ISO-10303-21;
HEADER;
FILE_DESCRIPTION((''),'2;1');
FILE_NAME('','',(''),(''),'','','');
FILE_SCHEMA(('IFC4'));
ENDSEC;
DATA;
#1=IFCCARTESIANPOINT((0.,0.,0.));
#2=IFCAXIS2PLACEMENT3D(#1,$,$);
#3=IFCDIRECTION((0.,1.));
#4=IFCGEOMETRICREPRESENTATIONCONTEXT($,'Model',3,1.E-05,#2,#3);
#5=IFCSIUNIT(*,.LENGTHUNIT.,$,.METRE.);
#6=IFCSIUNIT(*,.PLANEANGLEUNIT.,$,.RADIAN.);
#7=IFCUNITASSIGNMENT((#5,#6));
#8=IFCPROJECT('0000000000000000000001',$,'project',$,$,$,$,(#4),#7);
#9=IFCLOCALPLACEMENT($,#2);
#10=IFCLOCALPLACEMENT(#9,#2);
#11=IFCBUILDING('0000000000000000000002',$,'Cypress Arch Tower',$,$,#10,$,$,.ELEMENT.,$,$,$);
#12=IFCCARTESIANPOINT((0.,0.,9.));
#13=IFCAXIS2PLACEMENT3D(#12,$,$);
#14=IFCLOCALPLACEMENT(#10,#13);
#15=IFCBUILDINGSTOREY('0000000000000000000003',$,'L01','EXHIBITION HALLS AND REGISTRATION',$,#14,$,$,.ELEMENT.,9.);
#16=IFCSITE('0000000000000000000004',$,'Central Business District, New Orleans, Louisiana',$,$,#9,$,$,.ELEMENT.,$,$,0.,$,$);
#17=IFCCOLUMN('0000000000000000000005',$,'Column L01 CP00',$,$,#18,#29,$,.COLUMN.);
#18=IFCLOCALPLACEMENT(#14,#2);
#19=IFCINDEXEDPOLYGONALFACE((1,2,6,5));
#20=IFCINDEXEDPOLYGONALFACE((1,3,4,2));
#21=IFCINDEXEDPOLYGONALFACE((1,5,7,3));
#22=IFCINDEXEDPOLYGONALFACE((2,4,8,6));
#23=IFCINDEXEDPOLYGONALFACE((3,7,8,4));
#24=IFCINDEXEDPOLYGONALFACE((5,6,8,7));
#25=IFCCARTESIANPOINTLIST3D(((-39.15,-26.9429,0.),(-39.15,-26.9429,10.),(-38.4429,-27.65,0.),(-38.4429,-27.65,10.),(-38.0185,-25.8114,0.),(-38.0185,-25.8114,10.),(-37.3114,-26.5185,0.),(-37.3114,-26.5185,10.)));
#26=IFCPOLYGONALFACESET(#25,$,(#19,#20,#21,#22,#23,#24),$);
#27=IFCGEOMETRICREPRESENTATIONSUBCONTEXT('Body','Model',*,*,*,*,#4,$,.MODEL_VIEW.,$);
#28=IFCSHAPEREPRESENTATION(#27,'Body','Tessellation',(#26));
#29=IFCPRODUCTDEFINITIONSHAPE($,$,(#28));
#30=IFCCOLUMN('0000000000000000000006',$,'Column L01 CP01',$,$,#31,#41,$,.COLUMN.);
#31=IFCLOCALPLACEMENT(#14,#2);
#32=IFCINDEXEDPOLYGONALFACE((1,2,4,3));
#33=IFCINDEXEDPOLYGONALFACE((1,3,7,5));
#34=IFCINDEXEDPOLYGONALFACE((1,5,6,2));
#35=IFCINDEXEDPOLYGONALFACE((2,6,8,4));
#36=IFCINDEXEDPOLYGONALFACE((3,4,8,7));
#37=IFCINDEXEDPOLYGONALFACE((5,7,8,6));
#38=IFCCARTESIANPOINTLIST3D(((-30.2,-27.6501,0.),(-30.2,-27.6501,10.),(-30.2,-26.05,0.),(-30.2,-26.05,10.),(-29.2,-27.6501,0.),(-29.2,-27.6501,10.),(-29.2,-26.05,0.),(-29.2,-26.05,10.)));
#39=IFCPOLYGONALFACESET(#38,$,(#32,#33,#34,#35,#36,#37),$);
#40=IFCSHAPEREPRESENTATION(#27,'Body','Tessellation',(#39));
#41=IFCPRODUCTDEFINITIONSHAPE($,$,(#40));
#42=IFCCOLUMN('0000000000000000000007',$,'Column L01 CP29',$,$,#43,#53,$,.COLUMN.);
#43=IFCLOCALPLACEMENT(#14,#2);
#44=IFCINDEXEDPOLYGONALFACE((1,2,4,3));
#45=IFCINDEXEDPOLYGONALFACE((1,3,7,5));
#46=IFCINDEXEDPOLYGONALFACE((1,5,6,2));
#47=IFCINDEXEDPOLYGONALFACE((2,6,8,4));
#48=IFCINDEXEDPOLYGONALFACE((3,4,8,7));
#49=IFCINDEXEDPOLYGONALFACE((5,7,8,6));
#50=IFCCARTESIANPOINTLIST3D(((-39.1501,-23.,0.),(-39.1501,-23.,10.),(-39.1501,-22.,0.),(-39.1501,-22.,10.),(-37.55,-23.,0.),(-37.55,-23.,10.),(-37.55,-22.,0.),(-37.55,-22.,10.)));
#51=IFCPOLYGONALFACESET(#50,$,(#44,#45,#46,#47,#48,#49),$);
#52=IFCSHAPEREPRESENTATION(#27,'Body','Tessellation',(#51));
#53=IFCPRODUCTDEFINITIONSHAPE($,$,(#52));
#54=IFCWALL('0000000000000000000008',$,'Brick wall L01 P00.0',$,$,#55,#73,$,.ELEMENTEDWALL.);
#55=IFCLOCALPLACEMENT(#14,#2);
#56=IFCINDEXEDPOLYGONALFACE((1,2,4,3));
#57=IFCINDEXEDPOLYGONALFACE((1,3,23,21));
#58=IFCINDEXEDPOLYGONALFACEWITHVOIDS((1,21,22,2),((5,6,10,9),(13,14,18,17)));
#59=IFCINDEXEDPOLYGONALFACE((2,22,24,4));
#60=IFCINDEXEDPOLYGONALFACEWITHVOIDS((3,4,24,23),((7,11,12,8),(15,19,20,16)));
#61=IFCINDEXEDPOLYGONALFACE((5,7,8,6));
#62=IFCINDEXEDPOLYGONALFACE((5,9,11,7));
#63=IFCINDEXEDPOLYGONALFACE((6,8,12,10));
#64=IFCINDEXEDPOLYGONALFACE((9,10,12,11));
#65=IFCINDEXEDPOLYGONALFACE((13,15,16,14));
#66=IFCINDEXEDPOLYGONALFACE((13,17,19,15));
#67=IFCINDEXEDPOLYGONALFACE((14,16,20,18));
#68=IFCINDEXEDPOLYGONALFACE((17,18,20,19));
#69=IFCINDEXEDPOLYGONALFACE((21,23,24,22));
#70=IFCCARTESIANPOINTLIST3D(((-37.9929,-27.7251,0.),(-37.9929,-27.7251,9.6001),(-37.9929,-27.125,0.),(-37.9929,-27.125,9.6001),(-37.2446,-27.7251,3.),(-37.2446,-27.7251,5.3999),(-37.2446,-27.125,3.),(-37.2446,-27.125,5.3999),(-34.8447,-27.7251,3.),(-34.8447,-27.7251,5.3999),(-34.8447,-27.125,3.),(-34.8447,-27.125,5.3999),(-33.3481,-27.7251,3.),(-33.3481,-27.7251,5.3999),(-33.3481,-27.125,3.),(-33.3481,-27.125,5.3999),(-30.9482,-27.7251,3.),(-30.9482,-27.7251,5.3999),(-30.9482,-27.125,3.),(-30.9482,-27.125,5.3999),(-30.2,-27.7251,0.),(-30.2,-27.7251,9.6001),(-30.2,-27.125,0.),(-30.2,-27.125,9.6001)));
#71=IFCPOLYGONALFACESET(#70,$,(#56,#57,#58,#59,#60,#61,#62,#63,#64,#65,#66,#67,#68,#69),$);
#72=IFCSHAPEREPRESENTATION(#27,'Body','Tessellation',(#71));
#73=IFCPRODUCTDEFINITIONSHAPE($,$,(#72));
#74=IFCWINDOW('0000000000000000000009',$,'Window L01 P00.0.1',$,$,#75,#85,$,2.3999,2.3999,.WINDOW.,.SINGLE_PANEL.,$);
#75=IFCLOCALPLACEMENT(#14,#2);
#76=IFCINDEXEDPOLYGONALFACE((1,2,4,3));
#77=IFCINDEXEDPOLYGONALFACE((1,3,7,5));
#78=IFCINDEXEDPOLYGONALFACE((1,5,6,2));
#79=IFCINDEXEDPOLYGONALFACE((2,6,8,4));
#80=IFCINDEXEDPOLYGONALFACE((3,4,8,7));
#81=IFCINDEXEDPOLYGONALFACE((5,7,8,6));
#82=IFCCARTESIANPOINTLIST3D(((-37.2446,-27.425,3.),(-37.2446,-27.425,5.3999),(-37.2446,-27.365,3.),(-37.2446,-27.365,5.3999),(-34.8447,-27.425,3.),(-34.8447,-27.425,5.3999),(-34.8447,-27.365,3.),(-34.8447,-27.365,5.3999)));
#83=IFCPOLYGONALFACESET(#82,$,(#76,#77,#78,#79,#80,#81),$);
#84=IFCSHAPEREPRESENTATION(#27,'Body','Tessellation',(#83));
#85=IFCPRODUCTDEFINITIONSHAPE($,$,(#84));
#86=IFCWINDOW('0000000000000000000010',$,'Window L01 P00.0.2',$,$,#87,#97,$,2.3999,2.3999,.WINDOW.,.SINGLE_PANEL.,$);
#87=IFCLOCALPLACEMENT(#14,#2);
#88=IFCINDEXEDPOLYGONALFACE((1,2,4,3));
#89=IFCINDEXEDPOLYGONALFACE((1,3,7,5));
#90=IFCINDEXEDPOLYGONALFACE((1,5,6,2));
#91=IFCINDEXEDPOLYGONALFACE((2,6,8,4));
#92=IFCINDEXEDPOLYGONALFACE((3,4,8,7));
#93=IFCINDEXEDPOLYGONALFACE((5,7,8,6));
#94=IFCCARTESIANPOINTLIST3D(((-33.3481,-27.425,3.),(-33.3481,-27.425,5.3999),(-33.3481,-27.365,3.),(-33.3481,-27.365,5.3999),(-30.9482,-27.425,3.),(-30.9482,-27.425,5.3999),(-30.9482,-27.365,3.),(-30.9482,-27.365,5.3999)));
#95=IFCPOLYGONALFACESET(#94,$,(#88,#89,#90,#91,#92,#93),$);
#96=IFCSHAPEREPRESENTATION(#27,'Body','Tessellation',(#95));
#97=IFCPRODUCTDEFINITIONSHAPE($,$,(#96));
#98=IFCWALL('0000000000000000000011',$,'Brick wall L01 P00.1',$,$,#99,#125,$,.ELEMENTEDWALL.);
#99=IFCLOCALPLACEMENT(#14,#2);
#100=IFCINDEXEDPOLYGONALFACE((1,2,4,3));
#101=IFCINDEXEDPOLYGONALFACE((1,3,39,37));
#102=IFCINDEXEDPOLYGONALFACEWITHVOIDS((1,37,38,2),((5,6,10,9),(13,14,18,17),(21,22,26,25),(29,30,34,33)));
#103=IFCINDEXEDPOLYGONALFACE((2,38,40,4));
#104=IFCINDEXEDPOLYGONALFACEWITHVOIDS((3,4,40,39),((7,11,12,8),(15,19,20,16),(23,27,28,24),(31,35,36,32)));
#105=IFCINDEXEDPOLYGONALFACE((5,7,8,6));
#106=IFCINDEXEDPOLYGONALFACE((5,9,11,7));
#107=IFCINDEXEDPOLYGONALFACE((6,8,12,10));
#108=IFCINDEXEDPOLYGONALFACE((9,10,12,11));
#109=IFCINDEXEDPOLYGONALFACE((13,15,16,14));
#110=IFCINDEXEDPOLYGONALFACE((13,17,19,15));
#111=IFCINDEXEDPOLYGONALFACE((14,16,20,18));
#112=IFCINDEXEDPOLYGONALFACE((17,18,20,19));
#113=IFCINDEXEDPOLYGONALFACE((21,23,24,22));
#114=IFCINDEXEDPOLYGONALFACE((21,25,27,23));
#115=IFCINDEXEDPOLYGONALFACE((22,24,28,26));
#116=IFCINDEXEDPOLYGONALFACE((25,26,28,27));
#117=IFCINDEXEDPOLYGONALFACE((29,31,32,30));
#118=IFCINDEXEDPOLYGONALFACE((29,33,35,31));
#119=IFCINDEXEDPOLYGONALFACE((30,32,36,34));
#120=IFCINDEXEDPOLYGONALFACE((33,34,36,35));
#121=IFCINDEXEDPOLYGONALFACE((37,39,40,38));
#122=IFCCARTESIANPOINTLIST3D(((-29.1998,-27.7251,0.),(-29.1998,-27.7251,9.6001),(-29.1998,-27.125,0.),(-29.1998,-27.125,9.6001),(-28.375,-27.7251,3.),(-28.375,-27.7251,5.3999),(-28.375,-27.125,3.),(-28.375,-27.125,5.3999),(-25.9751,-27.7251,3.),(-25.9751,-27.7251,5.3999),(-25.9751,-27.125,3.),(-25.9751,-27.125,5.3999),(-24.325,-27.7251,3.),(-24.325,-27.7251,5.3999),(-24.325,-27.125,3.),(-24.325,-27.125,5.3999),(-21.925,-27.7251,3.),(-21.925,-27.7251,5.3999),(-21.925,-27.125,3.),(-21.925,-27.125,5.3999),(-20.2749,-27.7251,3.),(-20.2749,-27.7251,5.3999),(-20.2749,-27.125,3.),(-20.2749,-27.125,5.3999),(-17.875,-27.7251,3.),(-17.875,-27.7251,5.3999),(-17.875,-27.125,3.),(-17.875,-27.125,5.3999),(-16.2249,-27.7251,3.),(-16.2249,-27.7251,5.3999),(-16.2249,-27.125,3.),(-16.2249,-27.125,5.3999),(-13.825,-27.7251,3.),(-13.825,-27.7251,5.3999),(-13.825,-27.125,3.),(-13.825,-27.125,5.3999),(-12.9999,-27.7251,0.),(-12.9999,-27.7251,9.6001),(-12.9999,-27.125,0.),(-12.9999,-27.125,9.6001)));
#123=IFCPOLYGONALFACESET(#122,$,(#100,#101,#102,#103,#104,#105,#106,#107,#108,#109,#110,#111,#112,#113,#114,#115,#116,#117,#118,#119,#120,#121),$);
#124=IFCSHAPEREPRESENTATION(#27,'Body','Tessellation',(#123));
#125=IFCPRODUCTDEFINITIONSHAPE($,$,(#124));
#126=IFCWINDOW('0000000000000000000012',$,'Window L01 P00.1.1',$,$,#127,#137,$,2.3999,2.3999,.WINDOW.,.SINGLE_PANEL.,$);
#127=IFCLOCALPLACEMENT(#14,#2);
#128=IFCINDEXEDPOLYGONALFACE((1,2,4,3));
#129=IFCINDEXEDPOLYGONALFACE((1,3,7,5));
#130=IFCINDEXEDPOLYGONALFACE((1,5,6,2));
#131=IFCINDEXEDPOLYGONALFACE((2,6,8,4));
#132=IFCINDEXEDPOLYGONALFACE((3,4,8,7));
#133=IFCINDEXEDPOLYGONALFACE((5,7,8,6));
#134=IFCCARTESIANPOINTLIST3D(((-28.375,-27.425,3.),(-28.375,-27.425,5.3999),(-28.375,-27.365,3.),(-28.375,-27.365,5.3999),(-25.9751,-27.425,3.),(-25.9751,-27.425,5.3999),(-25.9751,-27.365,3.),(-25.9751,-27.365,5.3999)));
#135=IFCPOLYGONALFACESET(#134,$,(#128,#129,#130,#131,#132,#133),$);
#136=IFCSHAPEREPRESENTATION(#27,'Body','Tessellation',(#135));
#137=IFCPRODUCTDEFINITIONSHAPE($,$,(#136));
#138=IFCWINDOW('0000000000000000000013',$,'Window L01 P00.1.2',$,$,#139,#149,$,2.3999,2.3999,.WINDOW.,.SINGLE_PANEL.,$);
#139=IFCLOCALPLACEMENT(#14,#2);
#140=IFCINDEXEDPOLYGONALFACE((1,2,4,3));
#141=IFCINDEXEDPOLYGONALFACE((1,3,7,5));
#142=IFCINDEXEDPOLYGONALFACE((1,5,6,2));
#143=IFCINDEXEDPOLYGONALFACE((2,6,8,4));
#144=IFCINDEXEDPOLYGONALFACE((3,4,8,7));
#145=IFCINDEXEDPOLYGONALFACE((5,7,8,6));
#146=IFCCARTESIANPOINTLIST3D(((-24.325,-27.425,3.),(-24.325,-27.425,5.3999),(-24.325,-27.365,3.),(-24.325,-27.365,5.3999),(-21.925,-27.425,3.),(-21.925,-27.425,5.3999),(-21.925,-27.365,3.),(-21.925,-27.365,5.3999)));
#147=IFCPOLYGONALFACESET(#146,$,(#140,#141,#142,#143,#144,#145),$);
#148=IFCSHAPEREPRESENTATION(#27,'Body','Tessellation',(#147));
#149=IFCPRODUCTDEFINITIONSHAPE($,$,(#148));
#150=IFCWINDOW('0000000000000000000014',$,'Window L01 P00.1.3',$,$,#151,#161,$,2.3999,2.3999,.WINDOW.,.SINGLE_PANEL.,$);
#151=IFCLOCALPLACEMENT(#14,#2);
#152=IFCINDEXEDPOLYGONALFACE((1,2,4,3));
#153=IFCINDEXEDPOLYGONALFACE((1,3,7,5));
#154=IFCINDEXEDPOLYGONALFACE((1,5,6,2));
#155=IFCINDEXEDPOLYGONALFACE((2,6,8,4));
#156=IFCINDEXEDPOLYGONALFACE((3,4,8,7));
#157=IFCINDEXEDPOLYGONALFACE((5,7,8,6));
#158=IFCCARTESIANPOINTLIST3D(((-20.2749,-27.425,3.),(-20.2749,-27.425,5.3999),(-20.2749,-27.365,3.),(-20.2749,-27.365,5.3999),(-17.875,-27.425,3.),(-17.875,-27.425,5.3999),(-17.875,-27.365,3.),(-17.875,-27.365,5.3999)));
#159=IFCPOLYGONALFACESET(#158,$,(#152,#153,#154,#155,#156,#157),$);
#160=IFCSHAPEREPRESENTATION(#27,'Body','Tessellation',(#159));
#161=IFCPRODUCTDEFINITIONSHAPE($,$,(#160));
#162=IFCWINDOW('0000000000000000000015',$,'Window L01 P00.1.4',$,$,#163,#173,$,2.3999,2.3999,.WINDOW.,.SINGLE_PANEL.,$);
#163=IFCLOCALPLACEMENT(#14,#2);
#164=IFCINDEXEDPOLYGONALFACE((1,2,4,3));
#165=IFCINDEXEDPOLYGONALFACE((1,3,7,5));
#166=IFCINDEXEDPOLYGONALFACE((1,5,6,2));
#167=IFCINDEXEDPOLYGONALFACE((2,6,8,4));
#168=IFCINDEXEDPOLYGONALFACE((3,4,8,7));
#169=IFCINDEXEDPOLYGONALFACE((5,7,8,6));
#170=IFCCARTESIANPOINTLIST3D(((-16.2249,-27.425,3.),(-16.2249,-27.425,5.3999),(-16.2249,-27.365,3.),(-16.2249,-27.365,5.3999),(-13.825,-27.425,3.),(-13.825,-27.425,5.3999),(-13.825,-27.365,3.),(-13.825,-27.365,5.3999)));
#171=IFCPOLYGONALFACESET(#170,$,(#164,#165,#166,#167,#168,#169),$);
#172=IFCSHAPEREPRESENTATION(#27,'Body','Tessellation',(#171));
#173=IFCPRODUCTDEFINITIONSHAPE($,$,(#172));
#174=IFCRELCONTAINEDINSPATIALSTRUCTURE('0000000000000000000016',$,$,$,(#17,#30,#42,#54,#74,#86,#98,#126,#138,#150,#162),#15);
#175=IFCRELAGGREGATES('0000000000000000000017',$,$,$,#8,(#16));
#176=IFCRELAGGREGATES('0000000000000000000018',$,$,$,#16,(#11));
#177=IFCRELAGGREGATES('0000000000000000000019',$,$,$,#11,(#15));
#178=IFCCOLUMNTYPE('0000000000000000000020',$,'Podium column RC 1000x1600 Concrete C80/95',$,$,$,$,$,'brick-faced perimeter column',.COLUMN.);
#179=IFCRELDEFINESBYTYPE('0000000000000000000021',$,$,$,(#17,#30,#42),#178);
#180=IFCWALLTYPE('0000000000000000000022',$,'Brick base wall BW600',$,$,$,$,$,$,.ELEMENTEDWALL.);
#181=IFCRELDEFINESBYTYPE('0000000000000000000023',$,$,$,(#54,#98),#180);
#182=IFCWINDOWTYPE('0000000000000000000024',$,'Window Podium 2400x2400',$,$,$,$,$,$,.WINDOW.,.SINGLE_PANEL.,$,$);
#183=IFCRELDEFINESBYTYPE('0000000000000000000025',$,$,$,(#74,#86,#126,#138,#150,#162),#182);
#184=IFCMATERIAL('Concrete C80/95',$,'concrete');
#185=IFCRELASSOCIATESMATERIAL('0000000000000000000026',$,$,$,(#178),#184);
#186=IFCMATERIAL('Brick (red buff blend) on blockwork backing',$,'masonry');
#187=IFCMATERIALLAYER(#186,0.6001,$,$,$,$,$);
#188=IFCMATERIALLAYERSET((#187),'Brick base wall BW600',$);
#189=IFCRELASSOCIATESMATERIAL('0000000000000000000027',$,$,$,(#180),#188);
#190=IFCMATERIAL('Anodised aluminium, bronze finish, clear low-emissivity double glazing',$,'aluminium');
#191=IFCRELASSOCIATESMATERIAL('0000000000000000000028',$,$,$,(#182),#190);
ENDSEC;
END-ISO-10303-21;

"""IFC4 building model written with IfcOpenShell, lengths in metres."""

from ifc_helpers import new_model, si_unit, direction, frame, frame_2d, origin, origin_2d, place, context, subcontext, project, spatial, rectangle, extrude, material, layer, layer_set, material_profile, profile_set, type_object, element, fill, save


model = new_model("IFC4")

# Units and contexts
model_context = context("Model", 3, precision=1e-05, world=origin(), true_north=direction((0.0, 1.0)))
body_context = subcontext(model_context, "Body", "Model", "MODEL_VIEW")
ifc_project = project(units=[si_unit("LENGTHUNIT", "METRE"), si_unit("PLANEANGLEUNIT", "RADIAN")], contexts=[model_context])

# Site, building, storey
site_placement = place(None, origin())
site = spatial("IfcSite", under=ifc_project, at=site_placement, Name="Central Business District, New Orleans, Louisiana", CompositionType="ELEMENT", RefElevation=0.0)
building_placement = place(site_placement, origin())
building = spatial("IfcBuilding", under=site, at=building_placement, Name="Cypress Arch Tower", CompositionType="ELEMENT")
storey_placement = place(building_placement, frame((0.0, 0.0, 9.0)))
storey = spatial("IfcBuildingStorey", under=building, at=storey_placement, Name="L01", Description="EXHIBITION HALLS AND REGISTRATION", CompositionType="ELEMENT", Elevation=9.0)

# Columns
ifc_material_1 = material(Name="Concrete C80/95", Category="concrete")
ifc_material_profile = material_profile(ifc_material_1, rectangle(XDim=1.0, YDim=1.6001, at=origin_2d()), Name="RC 1000x1600")
ifc_profile_set = profile_set([ifc_material_profile], Name="Concrete C80/95")
column_type = type_object("IfcColumnType", Name="Podium column RC 1000x1600 Concrete C80/95", ElementType="brick-faced perimeter column", PredefinedType="COLUMN", material=ifc_profile_set)
for number, where, z_axis, x_axis, name in (
    (1, (-38.2307, -26.7307, 0.0), (0.0, 0.0, 1.0), (0.707107, -0.707107, 0.0), "Column L01 CP00"),
    (2, (-29.7, -26.8501, 0.0), (0.0, 0.0, 1.0), (1.0, 0.0, 0.0), "Column L01 CP01"),
    (3, (-38.3501, -22.5, 0.0), (0.0, 0.0, 1.0), (0.0, -1.0, 0.0), "Column L01 CP29"),
):
    element("IfcColumn", number, at=place(storey_placement, frame(where, z_axis=z_axis, x_axis=x_axis)), inside=storey, type_object=column_type, Name=name, PredefinedType="COLUMN", context=body_context, shape_type="SweptSolid", body=[
        extrude(rectangle(XDim=1.0, YDim=1.6001, at=origin_2d()), origin(), (0.0, 0.0, 1.0), 10.0),
    ])

# Walls, openings, windows
ifc_material_2 = material(Name="Brick (red buff blend) on blockwork backing", Category="masonry")
ifc_layer_1 = layer(ifc_material_2, 0.6001)
ifc_layer_set_1 = layer_set([ifc_layer_1], Name="Brick base wall BW600")
wall_type_1 = type_object("IfcWallType", Name="Brick base wall BW600", PredefinedType="ELEMENTEDWALL", material=ifc_layer_set_1)
wall_1_placement = place(storey_placement, frame((-37.9929, -27.425, 0.0), z_axis=(0.0, 0.0, 1.0), x_axis=(1.0, 0.0, 0.0)))
wall_1 = element("IfcWall", 4, at=wall_1_placement, inside=storey, type_object=wall_type_1, Name="Brick wall L01 P00.0", PredefinedType="ELEMENTEDWALL", context=body_context, shape_type="SweptSolid", body=[
    extrude(rectangle(XDim=7.793, YDim=0.6001, at=frame_2d((3.8965, 0.0))), origin(), (0.0, 0.0, 1.0), 9.6001),
])
opening_1_placement = place(wall_1_placement, frame((0.7483, 0.0, 3.0)))
opening_1 = element("IfcOpeningElement", 5, at=opening_1_placement, cuts=wall_1, PredefinedType="OPENING", context=body_context, shape_type="SweptSolid", body=[
    extrude(rectangle(XDim=2.3999, YDim=2.3999, at=frame_2d((1.2, 1.2))), frame((0.0, 0.3101, 0.0), z_axis=(0.0, -1.0, 0.0), x_axis=(1.0, 0.0, 0.0)), (0.0, 0.0, 1.0), 0.6201),
])
opening_2_placement = place(wall_1_placement, frame((4.6448, 0.0, 3.0)))
opening_2 = element("IfcOpeningElement", 6, at=opening_2_placement, cuts=wall_1, PredefinedType="OPENING", context=body_context, shape_type="SweptSolid", body=[
    extrude(rectangle(XDim=2.3999, YDim=2.3999, at=frame_2d((1.2, 1.2))), frame((0.0, 0.3101, 0.0), z_axis=(0.0, -1.0, 0.0), x_axis=(1.0, 0.0, 0.0)), (0.0, 0.0, 1.0), 0.6201),
])
ifc_material_3 = material(Name="Anodised aluminium, bronze finish, clear low-emissivity double glazing", Category="aluminium")
window_type_1 = type_object("IfcWindowType", Name="Window Podium 2400x2400", PartitioningType="SINGLE_PANEL", PredefinedType="WINDOW", material=ifc_material_3)
window_1_placement = place(opening_1_placement, origin())
window_1 = element("IfcWindow", 7, at=window_1_placement, inside=storey, type_object=window_type_1, Name="Window L01 P00.0.1", OverallHeight=2.3999, OverallWidth=2.3999, PartitioningType="SINGLE_PANEL", PredefinedType="WINDOW", context=body_context, shape_type="SweptSolid", body=[
    extrude(rectangle(XDim=2.3999, YDim=2.3999, at=frame_2d((1.2, 1.2))), frame((0.0, 0.0601, 0.0), z_axis=(0.0, -1.0, 0.0), x_axis=(1.0, 0.0, 0.0)), (0.0, 0.0, 1.0), 0.0601),
])
fill(opening_1, window_1)
window_2_placement = place(opening_2_placement, origin())
window_2 = element("IfcWindow", 8, at=window_2_placement, inside=storey, type_object=window_type_1, Name="Window L01 P00.0.2", OverallHeight=2.3999, OverallWidth=2.3999, PartitioningType="SINGLE_PANEL", PredefinedType="WINDOW", context=body_context, shape_type="SweptSolid", body=[
    extrude(rectangle(XDim=2.3999, YDim=2.3999, at=frame_2d((1.2, 1.2))), frame((0.0, 0.0601, 0.0), z_axis=(0.0, -1.0, 0.0), x_axis=(1.0, 0.0, 0.0)), (0.0, 0.0, 1.0), 0.0601),
])
fill(opening_2, window_2)
wall_2_placement = place(storey_placement, frame((-29.2, -27.425, 0.0), z_axis=(0.0, 0.0, 1.0), x_axis=(1.0, 0.0, 0.0)))
wall_2 = element("IfcWall", 9, at=wall_2_placement, inside=storey, type_object=wall_type_1, Name="Brick wall L01 P00.1", PredefinedType="ELEMENTEDWALL", context=body_context, shape_type="SweptSolid", body=[
    extrude(rectangle(XDim=16.2, YDim=0.6001, at=frame_2d((8.1001, 0.0))), origin(), (0.0, 0.0, 1.0), 9.6001),
])
opening_3_placement = place(wall_2_placement, frame((0.825, 0.0, 3.0)))
opening_3 = element("IfcOpeningElement", 10, at=opening_3_placement, cuts=wall_2, PredefinedType="OPENING", context=body_context, shape_type="SweptSolid", body=[
    extrude(rectangle(XDim=2.3999, YDim=2.3999, at=frame_2d((1.2, 1.2))), frame((0.0, 0.3101, 0.0), z_axis=(0.0, -1.0, 0.0), x_axis=(1.0, 0.0, 0.0)), (0.0, 0.0, 1.0), 0.6201),
])
opening_4_placement = place(wall_2_placement, frame((4.875, 0.0, 3.0)))
opening_4 = element("IfcOpeningElement", 11, at=opening_4_placement, cuts=wall_2, PredefinedType="OPENING", context=body_context, shape_type="SweptSolid", body=[
    extrude(rectangle(XDim=2.3999, YDim=2.3999, at=frame_2d((1.2, 1.2))), frame((0.0, 0.3101, 0.0), z_axis=(0.0, -1.0, 0.0), x_axis=(1.0, 0.0, 0.0)), (0.0, 0.0, 1.0), 0.6201),
])
opening_5_placement = place(wall_2_placement, frame((8.925, 0.0, 3.0)))
opening_5 = element("IfcOpeningElement", 12, at=opening_5_placement, cuts=wall_2, PredefinedType="OPENING", context=body_context, shape_type="SweptSolid", body=[
    extrude(rectangle(XDim=2.3999, YDim=2.3999, at=frame_2d((1.2, 1.2))), frame((0.0, 0.3101, 0.0), z_axis=(0.0, -1.0, 0.0), x_axis=(1.0, 0.0, 0.0)), (0.0, 0.0, 1.0), 0.6201),
])
opening_6_placement = place(wall_2_placement, frame((12.9751, 0.0, 3.0)))
opening_6 = element("IfcOpeningElement", 13, at=opening_6_placement, cuts=wall_2, PredefinedType="OPENING", context=body_context, shape_type="SweptSolid", body=[
    extrude(rectangle(XDim=2.3999, YDim=2.3999, at=frame_2d((1.2, 1.2))), frame((0.0, 0.3101, 0.0), z_axis=(0.0, -1.0, 0.0), x_axis=(1.0, 0.0, 0.0)), (0.0, 0.0, 1.0), 0.6201),
])
window_3_placement = place(opening_3_placement, origin())
window_3 = element("IfcWindow", 14, at=window_3_placement, inside=storey, type_object=window_type_1, Name="Window L01 P00.1.1", OverallHeight=2.3999, OverallWidth=2.3999, PartitioningType="SINGLE_PANEL", PredefinedType="WINDOW", context=body_context, shape_type="SweptSolid", body=[
    extrude(rectangle(XDim=2.3999, YDim=2.3999, at=frame_2d((1.2, 1.2))), frame((0.0, 0.0601, 0.0), z_axis=(0.0, -1.0, 0.0), x_axis=(1.0, 0.0, 0.0)), (0.0, 0.0, 1.0), 0.0601),
])
fill(opening_3, window_3)
window_4_placement = place(opening_4_placement, origin())
window_4 = element("IfcWindow", 15, at=window_4_placement, inside=storey, type_object=window_type_1, Name="Window L01 P00.1.2", OverallHeight=2.3999, OverallWidth=2.3999, PartitioningType="SINGLE_PANEL", PredefinedType="WINDOW", context=body_context, shape_type="SweptSolid", body=[
    extrude(rectangle(XDim=2.3999, YDim=2.3999, at=frame_2d((1.2, 1.2))), frame((0.0, 0.0601, 0.0), z_axis=(0.0, -1.0, 0.0), x_axis=(1.0, 0.0, 0.0)), (0.0, 0.0, 1.0), 0.0601),
])
fill(opening_4, window_4)
window_5_placement = place(opening_5_placement, origin())
window_5 = element("IfcWindow", 16, at=window_5_placement, inside=storey, type_object=window_type_1, Name="Window L01 P00.1.3", OverallHeight=2.3999, OverallWidth=2.3999, PartitioningType="SINGLE_PANEL", PredefinedType="WINDOW", context=body_context, shape_type="SweptSolid", body=[
    extrude(rectangle(XDim=2.3999, YDim=2.3999, at=frame_2d((1.2, 1.2))), frame((0.0, 0.0601, 0.0), z_axis=(0.0, -1.0, 0.0), x_axis=(1.0, 0.0, 0.0)), (0.0, 0.0, 1.0), 0.0601),
])
fill(opening_5, window_5)
window_6_placement = place(opening_6_placement, origin())
window_6 = element("IfcWindow", 17, at=window_6_placement, inside=storey, type_object=window_type_1, Name="Window L01 P00.1.4", OverallHeight=2.3999, OverallWidth=2.3999, PartitioningType="SINGLE_PANEL", PredefinedType="WINDOW", context=body_context, shape_type="SweptSolid", body=[
    extrude(rectangle(XDim=2.3999, YDim=2.3999, at=frame_2d((1.2, 1.2))), frame((0.0, 0.0601, 0.0), z_axis=(0.0, -1.0, 0.0), x_axis=(1.0, 0.0, 0.0)), (0.0, 0.0, 1.0), 0.0601),
])
fill(opening_6, window_6)

save(model, "model.ifc")
